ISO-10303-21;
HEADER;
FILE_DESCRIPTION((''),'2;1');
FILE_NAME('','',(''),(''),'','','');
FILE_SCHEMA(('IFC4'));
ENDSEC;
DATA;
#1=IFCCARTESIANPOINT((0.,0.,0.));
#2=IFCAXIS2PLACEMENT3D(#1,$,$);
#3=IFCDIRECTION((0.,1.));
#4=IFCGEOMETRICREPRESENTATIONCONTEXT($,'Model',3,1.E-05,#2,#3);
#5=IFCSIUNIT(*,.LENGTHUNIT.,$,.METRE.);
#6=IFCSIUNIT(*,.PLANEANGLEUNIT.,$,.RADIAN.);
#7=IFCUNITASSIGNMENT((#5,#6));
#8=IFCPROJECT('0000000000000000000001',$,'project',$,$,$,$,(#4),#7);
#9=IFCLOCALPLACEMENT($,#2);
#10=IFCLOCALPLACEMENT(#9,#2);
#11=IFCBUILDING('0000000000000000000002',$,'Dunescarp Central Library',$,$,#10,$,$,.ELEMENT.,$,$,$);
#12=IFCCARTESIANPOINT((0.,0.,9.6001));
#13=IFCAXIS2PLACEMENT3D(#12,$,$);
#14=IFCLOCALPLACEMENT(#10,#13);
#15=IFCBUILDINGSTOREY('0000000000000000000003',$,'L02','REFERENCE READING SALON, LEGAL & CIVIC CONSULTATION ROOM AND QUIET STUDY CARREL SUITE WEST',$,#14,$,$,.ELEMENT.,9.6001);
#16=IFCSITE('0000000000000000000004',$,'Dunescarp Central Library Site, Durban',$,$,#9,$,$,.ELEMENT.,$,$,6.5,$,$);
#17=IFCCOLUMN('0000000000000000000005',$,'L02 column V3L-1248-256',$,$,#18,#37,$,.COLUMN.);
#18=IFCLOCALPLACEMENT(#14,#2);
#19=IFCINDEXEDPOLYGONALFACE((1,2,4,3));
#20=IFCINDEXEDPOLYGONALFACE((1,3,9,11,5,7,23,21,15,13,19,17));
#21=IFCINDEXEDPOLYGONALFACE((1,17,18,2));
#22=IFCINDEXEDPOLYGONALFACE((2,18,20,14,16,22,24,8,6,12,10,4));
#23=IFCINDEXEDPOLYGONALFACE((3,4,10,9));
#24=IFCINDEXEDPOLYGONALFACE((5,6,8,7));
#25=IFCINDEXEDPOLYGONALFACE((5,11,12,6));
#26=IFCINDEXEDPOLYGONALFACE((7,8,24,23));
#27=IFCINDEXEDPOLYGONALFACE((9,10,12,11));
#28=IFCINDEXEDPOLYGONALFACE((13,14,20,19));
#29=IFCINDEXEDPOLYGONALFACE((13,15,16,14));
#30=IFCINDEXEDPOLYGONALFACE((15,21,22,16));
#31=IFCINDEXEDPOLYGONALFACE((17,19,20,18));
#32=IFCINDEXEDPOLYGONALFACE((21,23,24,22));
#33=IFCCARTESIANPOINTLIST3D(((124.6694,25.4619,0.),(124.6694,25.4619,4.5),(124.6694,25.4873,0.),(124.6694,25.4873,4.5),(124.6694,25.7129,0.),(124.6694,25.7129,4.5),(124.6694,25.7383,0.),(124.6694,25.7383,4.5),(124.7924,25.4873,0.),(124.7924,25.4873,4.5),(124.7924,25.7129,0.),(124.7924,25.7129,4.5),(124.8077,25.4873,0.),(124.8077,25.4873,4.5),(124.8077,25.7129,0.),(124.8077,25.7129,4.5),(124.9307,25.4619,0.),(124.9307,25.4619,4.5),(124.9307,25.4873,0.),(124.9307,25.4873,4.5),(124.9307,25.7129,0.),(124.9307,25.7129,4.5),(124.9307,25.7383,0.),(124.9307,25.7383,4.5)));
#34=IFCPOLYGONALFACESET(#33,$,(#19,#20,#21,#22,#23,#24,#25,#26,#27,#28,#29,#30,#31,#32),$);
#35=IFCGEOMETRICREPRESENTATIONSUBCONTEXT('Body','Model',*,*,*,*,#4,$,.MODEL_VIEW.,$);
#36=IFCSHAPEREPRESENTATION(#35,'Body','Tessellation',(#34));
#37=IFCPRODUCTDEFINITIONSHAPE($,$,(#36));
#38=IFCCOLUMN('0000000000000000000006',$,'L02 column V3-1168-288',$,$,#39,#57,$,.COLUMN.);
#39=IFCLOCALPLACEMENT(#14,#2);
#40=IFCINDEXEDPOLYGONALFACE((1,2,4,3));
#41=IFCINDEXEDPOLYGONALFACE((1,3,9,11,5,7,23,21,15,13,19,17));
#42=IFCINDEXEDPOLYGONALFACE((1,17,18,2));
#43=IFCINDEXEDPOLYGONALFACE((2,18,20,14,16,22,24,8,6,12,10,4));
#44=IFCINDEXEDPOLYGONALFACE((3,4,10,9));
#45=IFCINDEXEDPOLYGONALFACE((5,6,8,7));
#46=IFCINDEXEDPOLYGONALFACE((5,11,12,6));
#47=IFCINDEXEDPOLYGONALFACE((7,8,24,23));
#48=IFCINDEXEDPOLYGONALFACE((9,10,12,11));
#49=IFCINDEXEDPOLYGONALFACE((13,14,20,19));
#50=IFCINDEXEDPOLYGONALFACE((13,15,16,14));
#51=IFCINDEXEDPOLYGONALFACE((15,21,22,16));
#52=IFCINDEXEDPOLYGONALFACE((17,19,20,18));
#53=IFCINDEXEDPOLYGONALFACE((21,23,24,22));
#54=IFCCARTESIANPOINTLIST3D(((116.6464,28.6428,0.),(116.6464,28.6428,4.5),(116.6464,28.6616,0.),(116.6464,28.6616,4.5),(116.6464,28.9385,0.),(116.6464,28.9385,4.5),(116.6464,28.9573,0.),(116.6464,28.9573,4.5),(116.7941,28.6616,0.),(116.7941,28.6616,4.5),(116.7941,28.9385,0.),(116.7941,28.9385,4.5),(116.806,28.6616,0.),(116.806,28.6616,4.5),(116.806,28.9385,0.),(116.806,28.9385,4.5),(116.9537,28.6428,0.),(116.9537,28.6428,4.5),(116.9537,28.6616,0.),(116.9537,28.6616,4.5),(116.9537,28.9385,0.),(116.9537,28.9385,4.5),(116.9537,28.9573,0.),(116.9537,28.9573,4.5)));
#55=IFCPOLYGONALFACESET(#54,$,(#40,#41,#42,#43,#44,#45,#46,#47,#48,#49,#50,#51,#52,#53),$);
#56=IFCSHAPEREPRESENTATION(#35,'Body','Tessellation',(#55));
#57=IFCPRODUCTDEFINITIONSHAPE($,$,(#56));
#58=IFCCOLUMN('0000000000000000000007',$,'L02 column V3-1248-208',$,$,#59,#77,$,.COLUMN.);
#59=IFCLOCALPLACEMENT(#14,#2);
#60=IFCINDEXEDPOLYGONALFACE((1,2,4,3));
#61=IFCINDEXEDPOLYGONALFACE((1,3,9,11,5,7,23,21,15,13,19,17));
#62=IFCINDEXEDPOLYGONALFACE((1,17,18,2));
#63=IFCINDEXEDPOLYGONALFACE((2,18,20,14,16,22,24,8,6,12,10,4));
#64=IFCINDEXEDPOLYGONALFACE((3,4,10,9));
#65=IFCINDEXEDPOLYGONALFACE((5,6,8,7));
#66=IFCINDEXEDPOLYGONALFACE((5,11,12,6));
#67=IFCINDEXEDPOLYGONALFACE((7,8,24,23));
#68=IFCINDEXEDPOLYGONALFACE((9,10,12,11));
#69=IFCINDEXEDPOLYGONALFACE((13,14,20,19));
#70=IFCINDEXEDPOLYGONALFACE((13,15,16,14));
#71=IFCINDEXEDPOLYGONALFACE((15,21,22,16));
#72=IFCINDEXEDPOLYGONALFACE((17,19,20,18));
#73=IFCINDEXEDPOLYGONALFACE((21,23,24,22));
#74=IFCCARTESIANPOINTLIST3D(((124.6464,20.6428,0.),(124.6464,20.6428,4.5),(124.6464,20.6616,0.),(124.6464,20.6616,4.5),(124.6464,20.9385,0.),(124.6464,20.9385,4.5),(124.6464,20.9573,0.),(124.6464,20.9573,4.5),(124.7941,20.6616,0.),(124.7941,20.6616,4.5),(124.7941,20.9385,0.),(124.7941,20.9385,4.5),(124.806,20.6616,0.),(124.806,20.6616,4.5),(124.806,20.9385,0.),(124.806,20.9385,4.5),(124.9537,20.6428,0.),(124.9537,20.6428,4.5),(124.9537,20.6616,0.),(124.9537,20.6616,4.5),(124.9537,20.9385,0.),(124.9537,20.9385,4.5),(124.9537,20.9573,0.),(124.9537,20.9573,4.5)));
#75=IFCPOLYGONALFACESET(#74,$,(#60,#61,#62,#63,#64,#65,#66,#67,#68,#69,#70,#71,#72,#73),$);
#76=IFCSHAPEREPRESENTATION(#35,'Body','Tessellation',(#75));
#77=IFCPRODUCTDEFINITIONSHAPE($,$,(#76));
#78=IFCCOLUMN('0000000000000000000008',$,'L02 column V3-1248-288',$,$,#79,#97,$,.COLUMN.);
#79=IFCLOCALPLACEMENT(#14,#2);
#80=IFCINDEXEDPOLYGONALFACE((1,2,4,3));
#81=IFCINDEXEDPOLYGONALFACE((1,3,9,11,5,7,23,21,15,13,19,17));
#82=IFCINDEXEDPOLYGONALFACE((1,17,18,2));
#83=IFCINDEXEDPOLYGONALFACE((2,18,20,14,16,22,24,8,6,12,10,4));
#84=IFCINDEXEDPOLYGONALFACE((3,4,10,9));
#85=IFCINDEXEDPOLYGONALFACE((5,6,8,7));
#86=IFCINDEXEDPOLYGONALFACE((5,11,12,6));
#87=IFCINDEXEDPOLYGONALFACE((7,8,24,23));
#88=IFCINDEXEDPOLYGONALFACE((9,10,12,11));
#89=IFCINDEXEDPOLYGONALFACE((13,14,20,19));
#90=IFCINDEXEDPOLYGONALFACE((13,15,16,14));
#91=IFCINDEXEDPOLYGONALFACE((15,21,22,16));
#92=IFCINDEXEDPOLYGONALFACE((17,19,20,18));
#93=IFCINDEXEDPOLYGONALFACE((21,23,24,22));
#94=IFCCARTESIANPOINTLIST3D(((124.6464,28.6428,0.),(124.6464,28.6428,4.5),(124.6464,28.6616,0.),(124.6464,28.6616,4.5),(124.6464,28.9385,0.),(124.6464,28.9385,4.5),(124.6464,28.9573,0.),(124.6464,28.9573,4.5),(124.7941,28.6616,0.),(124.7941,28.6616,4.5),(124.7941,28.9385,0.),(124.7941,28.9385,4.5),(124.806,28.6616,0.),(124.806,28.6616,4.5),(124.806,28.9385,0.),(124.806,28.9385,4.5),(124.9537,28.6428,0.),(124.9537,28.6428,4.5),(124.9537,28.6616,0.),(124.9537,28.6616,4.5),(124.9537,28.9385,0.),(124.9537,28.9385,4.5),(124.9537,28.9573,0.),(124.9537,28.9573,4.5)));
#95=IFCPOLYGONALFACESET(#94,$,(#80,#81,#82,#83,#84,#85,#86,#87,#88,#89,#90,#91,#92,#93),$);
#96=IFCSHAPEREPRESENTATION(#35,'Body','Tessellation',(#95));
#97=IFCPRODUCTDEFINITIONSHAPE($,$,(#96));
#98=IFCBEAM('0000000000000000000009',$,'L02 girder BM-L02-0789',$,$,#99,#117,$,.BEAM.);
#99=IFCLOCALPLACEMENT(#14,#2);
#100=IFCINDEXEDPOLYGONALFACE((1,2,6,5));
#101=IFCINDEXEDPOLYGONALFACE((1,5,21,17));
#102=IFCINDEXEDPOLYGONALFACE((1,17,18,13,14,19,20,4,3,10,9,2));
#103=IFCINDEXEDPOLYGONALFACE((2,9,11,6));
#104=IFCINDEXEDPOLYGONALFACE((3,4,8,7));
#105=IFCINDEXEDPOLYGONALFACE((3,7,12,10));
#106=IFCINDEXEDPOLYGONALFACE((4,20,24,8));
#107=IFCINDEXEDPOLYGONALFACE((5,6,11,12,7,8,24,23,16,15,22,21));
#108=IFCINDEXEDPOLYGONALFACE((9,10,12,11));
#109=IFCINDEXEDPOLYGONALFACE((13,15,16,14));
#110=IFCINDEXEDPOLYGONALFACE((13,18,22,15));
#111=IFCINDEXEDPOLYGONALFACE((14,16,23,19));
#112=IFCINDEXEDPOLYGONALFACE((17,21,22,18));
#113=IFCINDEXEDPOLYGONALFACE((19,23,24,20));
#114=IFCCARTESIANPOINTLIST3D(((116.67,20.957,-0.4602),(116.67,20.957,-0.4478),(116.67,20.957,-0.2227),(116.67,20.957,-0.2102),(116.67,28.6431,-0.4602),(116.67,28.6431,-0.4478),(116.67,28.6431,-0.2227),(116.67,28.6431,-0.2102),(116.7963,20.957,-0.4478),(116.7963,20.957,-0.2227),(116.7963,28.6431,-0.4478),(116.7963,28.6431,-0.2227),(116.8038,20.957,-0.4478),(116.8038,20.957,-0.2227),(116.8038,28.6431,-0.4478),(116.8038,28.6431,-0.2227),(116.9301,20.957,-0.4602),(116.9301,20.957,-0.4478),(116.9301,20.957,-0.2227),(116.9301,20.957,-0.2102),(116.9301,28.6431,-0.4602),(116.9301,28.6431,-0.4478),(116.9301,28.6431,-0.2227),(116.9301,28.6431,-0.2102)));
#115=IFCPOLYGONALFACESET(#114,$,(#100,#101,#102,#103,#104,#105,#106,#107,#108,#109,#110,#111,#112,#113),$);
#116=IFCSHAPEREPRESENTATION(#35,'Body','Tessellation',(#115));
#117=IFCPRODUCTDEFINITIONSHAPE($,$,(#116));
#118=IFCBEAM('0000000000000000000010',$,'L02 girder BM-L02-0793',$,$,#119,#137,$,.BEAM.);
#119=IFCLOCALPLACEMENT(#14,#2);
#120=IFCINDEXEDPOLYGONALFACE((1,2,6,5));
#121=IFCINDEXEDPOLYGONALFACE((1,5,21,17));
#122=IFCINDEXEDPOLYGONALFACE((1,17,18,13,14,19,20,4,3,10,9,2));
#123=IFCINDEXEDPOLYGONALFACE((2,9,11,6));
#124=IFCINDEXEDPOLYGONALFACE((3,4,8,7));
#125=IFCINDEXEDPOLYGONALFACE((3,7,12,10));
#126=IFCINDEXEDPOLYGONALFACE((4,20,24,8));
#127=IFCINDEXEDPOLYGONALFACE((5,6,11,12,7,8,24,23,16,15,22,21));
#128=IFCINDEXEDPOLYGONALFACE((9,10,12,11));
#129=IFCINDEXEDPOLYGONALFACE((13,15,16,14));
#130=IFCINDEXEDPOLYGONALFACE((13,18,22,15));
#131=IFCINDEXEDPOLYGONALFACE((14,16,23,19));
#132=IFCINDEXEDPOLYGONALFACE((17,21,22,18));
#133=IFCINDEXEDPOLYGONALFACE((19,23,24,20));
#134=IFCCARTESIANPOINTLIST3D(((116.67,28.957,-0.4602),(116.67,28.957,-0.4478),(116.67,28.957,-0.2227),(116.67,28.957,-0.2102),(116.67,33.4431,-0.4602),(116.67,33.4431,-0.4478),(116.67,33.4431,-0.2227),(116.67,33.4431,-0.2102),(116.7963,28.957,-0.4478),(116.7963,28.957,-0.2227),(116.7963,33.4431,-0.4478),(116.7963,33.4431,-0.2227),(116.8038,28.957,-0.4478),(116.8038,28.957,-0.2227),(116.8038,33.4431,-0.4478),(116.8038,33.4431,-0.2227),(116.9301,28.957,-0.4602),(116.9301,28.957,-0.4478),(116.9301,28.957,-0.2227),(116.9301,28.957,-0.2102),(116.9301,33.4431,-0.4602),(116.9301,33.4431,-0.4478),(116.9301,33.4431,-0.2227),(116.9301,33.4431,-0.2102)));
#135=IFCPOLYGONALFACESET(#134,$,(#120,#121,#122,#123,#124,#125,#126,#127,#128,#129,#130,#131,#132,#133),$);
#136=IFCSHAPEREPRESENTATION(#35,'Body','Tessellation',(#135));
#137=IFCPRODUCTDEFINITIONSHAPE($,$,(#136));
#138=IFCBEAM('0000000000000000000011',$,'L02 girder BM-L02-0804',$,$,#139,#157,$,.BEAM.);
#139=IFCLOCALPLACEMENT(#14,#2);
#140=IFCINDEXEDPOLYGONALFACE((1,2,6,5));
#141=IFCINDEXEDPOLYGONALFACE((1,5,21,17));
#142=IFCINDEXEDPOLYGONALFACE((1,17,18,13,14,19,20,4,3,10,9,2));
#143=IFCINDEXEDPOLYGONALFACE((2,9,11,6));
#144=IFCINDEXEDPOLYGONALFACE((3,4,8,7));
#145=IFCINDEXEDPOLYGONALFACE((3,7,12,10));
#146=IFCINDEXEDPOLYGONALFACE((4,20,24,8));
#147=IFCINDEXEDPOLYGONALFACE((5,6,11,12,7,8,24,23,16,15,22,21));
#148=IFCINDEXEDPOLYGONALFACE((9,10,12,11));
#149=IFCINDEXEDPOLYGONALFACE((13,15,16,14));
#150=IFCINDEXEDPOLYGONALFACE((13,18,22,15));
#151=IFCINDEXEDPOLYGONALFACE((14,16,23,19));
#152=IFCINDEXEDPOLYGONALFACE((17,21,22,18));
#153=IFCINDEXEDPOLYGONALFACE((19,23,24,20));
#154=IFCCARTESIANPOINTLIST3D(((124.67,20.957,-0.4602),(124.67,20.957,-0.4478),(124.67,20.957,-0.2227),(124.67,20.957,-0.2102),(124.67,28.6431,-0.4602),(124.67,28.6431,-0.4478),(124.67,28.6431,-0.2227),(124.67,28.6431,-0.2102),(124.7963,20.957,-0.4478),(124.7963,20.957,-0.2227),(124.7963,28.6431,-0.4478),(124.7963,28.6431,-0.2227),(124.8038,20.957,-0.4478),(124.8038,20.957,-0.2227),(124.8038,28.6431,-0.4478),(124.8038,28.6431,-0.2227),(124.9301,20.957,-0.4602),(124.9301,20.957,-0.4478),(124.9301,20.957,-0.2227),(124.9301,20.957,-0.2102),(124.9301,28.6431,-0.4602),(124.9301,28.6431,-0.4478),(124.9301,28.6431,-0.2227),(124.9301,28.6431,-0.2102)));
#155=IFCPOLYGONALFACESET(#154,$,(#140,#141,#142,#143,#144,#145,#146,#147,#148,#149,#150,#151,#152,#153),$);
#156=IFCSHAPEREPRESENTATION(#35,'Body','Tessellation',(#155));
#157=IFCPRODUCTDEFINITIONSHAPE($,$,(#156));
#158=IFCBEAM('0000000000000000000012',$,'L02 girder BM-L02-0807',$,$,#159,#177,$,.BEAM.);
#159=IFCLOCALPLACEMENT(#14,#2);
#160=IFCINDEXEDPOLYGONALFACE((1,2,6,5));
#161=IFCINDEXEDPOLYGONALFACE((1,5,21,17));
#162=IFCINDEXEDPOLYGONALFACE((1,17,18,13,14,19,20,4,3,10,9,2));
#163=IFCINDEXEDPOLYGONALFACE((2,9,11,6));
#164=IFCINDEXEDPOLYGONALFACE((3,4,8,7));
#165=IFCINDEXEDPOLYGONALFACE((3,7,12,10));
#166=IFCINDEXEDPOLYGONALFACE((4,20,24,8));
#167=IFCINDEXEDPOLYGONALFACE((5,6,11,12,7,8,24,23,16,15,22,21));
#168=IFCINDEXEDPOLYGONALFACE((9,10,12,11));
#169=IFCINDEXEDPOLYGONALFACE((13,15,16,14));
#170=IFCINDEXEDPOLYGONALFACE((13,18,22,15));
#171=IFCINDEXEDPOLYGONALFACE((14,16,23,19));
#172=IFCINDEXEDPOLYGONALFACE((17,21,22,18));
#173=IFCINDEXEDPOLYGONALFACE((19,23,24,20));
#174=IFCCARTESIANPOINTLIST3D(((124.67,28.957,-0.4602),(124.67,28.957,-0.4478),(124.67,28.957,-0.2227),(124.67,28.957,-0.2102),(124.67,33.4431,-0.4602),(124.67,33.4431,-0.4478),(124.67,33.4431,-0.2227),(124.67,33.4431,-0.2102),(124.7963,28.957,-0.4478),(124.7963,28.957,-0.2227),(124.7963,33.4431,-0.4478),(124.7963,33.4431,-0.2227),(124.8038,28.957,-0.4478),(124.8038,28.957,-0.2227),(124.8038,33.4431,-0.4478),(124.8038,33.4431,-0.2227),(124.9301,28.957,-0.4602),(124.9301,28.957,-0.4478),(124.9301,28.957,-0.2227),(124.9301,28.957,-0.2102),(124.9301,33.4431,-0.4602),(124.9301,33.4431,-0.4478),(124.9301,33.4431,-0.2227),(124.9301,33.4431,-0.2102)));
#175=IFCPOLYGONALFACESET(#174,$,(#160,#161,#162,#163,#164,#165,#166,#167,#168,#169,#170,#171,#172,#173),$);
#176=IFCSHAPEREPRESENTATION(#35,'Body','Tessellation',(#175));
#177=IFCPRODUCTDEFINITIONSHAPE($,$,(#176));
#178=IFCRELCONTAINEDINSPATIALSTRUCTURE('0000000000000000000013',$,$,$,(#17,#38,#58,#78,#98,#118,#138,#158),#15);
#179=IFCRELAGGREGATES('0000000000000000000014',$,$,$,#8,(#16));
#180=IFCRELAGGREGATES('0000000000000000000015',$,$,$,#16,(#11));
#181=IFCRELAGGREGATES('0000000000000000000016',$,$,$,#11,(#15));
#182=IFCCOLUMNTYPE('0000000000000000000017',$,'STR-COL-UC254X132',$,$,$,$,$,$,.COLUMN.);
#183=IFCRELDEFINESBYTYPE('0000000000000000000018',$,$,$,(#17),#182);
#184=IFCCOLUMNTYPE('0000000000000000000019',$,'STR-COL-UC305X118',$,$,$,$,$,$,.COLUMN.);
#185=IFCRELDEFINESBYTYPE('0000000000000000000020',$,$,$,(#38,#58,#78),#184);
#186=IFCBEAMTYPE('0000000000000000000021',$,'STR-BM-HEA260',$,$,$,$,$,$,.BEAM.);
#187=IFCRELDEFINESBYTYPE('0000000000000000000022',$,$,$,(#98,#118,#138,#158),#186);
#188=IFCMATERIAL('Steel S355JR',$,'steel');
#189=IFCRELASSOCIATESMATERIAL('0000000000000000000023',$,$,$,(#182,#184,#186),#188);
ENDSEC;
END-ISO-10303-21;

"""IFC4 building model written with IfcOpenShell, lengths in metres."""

from ifc_helpers import new_model, si_unit, direction, frame, origin, origin_2d, place, context, subcontext, project, spatial, i_section, extrude, material, material_profile, profile_set, type_object, element, save


model = new_model("IFC4")

# Units and contexts
model_context = context("Model", 3, precision=1e-05, world=origin(), true_north=direction((0.0, 1.0)))
body_context = subcontext(model_context, "Body", "Model", "MODEL_VIEW")
ifc_project = project(units=[si_unit("LENGTHUNIT", "METRE"), si_unit("PLANEANGLEUNIT", "RADIAN")], contexts=[model_context])

# Site, building, storey
site_placement = place(None, origin())
site = spatial("IfcSite", under=ifc_project, at=site_placement, Name="Dunescarp Central Library Site, Durban", CompositionType="ELEMENT", RefElevation=6.5)
building_placement = place(site_placement, origin())
building = spatial("IfcBuilding", under=site, at=building_placement, Name="Dunescarp Central Library", CompositionType="ELEMENT")
storey_placement = place(building_placement, frame((0.0, 0.0, 9.6001)))
storey = spatial("IfcBuildingStorey", under=building, at=storey_placement, Name="L02", Description="REFERENCE READING SALON, LEGAL & CIVIC CONSULTATION ROOM AND QUIET STUDY CARREL SUITE WEST", CompositionType="ELEMENT", Elevation=9.6001)

# Columns
ifc_material_1 = material(Name="Steel S355JR", Category="steel")
ifc_material_profile_1 = material_profile(ifc_material_1, i_section(OverallWidth=0.2612, OverallDepth=0.2764, WebThickness=0.0154, FlangeThickness=0.0254, at=origin_2d()), Name="UC 254x254x132")
ifc_profile_set_1 = profile_set([ifc_material_profile_1], Name="Steel S355JR")
column_type_1 = type_object("IfcColumnType", Name="STR-COL-UC254X132", PredefinedType="COLUMN", material=ifc_profile_set_1)
column_placement = place(storey_placement, frame((124.8, 25.6001, 0.0), z_axis=(0.0, 0.0, 1.0), x_axis=(1.0, 0.0, 0.0)))
element("IfcColumn", 1, at=column_placement, inside=storey, type_object=column_type_1, Name="L02 column V3L-1248-256", PredefinedType="COLUMN", context=body_context, shape_type="SweptSolid", body=[
    extrude(i_section(OverallWidth=0.2612, OverallDepth=0.2764, WebThickness=0.0154, FlangeThickness=0.0254, at=origin_2d()), origin(), (0.0, 0.0, 1.0), 4.5),
])
ifc_material_profile_2 = material_profile(ifc_material_1, i_section(OverallWidth=0.3074, OverallDepth=0.3145, WebThickness=0.012, FlangeThickness=0.0188, at=origin_2d()), Name="UC 305x305x118")
ifc_profile_set_2 = profile_set([ifc_material_profile_2], Name="Steel S355JR")
column_type_2 = type_object("IfcColumnType", Name="STR-COL-UC305X118", PredefinedType="COLUMN", material=ifc_profile_set_2)
for number, where, z_axis, x_axis, name in (
    (2, (116.8, 28.8, 0.0), (0.0, 0.0, 1.0), (1.0, 0.0, 0.0), "L02 column V3-1168-288"),
    (3, (124.8, 20.8, 0.0), (0.0, 0.0, 1.0), (1.0, 0.0, 0.0), "L02 column V3-1248-208"),
    (4, (124.8, 28.8, 0.0), (0.0, 0.0, 1.0), (1.0, 0.0, 0.0), "L02 column V3-1248-288"),
):
    element("IfcColumn", number, at=place(storey_placement, frame(where, z_axis=z_axis, x_axis=x_axis)), inside=storey, type_object=column_type_2, Name=name, PredefinedType="COLUMN", context=body_context, shape_type="SweptSolid", body=[
        extrude(i_section(OverallWidth=0.3074, OverallDepth=0.3145, WebThickness=0.012, FlangeThickness=0.0188, at=origin_2d()), origin(), (0.0, 0.0, 1.0), 4.5),
    ])

# Beams
ifc_material_profile_3 = material_profile(ifc_material_1, i_section(OverallWidth=0.26, OverallDepth=0.25, WebThickness=0.0076, FlangeThickness=0.0125, at=origin_2d()), Name="HEA 260")
ifc_profile_set_3 = profile_set([ifc_material_profile_3], Name="Steel S355JR")
beam_type_1 = type_object("IfcBeamType", Name="STR-BM-HEA260", PredefinedType="BEAM", material=ifc_profile_set_3)
beam_1_placement = place(storey_placement, frame((116.8, 20.957, -0.3352), z_axis=(0.0, 1.0, 0.0), x_axis=(-1.0, 0.0, 0.0)))
element("IfcBeam", 5, at=beam_1_placement, inside=storey, type_object=beam_type_1, Name="L02 girder BM-L02-0789", PredefinedType="BEAM", context=body_context, shape_type="SweptSolid", body=[
    extrude(i_section(OverallWidth=0.26, OverallDepth=0.25, WebThickness=0.0076, FlangeThickness=0.0125, at=origin_2d()), origin(), (0.0, 0.0, 1.0), 7.686),
])
beam_2_placement = place(storey_placement, frame((116.8, 28.957, -0.3352), z_axis=(0.0, 1.0, 0.0), x_axis=(-1.0, 0.0, 0.0)))
element("IfcBeam", 6, at=beam_2_placement, inside=storey, type_object=beam_type_1, Name="L02 girder BM-L02-0793", PredefinedType="BEAM", context=body_context, shape_type="SweptSolid", body=[
    extrude(i_section(OverallWidth=0.26, OverallDepth=0.25, WebThickness=0.0076, FlangeThickness=0.0125, at=origin_2d()), origin(), (0.0, 0.0, 1.0), 4.4861),
])
beam_3_placement = place(storey_placement, frame((124.8, 20.957, -0.3352), z_axis=(0.0, 1.0, 0.0), x_axis=(-1.0, 0.0, 0.0)))
element("IfcBeam", 7, at=beam_3_placement, inside=storey, type_object=beam_type_1, Name="L02 girder BM-L02-0804", PredefinedType="BEAM", context=body_context, shape_type="SweptSolid", body=[
    extrude(i_section(OverallWidth=0.26, OverallDepth=0.25, WebThickness=0.0076, FlangeThickness=0.0125, at=origin_2d()), origin(), (0.0, 0.0, 1.0), 7.686),
])
beam_4_placement = place(storey_placement, frame((124.8, 28.957, -0.3352), z_axis=(0.0, 1.0, 0.0), x_axis=(-1.0, 0.0, 0.0)))
element("IfcBeam", 8, at=beam_4_placement, inside=storey, type_object=beam_type_1, Name="L02 girder BM-L02-0807", PredefinedType="BEAM", context=body_context, shape_type="SweptSolid", body=[
    extrude(i_section(OverallWidth=0.26, OverallDepth=0.25, WebThickness=0.0076, FlangeThickness=0.0125, at=origin_2d()), origin(), (0.0, 0.0, 1.0), 4.4861),
])

save(model, "model.ifc")
